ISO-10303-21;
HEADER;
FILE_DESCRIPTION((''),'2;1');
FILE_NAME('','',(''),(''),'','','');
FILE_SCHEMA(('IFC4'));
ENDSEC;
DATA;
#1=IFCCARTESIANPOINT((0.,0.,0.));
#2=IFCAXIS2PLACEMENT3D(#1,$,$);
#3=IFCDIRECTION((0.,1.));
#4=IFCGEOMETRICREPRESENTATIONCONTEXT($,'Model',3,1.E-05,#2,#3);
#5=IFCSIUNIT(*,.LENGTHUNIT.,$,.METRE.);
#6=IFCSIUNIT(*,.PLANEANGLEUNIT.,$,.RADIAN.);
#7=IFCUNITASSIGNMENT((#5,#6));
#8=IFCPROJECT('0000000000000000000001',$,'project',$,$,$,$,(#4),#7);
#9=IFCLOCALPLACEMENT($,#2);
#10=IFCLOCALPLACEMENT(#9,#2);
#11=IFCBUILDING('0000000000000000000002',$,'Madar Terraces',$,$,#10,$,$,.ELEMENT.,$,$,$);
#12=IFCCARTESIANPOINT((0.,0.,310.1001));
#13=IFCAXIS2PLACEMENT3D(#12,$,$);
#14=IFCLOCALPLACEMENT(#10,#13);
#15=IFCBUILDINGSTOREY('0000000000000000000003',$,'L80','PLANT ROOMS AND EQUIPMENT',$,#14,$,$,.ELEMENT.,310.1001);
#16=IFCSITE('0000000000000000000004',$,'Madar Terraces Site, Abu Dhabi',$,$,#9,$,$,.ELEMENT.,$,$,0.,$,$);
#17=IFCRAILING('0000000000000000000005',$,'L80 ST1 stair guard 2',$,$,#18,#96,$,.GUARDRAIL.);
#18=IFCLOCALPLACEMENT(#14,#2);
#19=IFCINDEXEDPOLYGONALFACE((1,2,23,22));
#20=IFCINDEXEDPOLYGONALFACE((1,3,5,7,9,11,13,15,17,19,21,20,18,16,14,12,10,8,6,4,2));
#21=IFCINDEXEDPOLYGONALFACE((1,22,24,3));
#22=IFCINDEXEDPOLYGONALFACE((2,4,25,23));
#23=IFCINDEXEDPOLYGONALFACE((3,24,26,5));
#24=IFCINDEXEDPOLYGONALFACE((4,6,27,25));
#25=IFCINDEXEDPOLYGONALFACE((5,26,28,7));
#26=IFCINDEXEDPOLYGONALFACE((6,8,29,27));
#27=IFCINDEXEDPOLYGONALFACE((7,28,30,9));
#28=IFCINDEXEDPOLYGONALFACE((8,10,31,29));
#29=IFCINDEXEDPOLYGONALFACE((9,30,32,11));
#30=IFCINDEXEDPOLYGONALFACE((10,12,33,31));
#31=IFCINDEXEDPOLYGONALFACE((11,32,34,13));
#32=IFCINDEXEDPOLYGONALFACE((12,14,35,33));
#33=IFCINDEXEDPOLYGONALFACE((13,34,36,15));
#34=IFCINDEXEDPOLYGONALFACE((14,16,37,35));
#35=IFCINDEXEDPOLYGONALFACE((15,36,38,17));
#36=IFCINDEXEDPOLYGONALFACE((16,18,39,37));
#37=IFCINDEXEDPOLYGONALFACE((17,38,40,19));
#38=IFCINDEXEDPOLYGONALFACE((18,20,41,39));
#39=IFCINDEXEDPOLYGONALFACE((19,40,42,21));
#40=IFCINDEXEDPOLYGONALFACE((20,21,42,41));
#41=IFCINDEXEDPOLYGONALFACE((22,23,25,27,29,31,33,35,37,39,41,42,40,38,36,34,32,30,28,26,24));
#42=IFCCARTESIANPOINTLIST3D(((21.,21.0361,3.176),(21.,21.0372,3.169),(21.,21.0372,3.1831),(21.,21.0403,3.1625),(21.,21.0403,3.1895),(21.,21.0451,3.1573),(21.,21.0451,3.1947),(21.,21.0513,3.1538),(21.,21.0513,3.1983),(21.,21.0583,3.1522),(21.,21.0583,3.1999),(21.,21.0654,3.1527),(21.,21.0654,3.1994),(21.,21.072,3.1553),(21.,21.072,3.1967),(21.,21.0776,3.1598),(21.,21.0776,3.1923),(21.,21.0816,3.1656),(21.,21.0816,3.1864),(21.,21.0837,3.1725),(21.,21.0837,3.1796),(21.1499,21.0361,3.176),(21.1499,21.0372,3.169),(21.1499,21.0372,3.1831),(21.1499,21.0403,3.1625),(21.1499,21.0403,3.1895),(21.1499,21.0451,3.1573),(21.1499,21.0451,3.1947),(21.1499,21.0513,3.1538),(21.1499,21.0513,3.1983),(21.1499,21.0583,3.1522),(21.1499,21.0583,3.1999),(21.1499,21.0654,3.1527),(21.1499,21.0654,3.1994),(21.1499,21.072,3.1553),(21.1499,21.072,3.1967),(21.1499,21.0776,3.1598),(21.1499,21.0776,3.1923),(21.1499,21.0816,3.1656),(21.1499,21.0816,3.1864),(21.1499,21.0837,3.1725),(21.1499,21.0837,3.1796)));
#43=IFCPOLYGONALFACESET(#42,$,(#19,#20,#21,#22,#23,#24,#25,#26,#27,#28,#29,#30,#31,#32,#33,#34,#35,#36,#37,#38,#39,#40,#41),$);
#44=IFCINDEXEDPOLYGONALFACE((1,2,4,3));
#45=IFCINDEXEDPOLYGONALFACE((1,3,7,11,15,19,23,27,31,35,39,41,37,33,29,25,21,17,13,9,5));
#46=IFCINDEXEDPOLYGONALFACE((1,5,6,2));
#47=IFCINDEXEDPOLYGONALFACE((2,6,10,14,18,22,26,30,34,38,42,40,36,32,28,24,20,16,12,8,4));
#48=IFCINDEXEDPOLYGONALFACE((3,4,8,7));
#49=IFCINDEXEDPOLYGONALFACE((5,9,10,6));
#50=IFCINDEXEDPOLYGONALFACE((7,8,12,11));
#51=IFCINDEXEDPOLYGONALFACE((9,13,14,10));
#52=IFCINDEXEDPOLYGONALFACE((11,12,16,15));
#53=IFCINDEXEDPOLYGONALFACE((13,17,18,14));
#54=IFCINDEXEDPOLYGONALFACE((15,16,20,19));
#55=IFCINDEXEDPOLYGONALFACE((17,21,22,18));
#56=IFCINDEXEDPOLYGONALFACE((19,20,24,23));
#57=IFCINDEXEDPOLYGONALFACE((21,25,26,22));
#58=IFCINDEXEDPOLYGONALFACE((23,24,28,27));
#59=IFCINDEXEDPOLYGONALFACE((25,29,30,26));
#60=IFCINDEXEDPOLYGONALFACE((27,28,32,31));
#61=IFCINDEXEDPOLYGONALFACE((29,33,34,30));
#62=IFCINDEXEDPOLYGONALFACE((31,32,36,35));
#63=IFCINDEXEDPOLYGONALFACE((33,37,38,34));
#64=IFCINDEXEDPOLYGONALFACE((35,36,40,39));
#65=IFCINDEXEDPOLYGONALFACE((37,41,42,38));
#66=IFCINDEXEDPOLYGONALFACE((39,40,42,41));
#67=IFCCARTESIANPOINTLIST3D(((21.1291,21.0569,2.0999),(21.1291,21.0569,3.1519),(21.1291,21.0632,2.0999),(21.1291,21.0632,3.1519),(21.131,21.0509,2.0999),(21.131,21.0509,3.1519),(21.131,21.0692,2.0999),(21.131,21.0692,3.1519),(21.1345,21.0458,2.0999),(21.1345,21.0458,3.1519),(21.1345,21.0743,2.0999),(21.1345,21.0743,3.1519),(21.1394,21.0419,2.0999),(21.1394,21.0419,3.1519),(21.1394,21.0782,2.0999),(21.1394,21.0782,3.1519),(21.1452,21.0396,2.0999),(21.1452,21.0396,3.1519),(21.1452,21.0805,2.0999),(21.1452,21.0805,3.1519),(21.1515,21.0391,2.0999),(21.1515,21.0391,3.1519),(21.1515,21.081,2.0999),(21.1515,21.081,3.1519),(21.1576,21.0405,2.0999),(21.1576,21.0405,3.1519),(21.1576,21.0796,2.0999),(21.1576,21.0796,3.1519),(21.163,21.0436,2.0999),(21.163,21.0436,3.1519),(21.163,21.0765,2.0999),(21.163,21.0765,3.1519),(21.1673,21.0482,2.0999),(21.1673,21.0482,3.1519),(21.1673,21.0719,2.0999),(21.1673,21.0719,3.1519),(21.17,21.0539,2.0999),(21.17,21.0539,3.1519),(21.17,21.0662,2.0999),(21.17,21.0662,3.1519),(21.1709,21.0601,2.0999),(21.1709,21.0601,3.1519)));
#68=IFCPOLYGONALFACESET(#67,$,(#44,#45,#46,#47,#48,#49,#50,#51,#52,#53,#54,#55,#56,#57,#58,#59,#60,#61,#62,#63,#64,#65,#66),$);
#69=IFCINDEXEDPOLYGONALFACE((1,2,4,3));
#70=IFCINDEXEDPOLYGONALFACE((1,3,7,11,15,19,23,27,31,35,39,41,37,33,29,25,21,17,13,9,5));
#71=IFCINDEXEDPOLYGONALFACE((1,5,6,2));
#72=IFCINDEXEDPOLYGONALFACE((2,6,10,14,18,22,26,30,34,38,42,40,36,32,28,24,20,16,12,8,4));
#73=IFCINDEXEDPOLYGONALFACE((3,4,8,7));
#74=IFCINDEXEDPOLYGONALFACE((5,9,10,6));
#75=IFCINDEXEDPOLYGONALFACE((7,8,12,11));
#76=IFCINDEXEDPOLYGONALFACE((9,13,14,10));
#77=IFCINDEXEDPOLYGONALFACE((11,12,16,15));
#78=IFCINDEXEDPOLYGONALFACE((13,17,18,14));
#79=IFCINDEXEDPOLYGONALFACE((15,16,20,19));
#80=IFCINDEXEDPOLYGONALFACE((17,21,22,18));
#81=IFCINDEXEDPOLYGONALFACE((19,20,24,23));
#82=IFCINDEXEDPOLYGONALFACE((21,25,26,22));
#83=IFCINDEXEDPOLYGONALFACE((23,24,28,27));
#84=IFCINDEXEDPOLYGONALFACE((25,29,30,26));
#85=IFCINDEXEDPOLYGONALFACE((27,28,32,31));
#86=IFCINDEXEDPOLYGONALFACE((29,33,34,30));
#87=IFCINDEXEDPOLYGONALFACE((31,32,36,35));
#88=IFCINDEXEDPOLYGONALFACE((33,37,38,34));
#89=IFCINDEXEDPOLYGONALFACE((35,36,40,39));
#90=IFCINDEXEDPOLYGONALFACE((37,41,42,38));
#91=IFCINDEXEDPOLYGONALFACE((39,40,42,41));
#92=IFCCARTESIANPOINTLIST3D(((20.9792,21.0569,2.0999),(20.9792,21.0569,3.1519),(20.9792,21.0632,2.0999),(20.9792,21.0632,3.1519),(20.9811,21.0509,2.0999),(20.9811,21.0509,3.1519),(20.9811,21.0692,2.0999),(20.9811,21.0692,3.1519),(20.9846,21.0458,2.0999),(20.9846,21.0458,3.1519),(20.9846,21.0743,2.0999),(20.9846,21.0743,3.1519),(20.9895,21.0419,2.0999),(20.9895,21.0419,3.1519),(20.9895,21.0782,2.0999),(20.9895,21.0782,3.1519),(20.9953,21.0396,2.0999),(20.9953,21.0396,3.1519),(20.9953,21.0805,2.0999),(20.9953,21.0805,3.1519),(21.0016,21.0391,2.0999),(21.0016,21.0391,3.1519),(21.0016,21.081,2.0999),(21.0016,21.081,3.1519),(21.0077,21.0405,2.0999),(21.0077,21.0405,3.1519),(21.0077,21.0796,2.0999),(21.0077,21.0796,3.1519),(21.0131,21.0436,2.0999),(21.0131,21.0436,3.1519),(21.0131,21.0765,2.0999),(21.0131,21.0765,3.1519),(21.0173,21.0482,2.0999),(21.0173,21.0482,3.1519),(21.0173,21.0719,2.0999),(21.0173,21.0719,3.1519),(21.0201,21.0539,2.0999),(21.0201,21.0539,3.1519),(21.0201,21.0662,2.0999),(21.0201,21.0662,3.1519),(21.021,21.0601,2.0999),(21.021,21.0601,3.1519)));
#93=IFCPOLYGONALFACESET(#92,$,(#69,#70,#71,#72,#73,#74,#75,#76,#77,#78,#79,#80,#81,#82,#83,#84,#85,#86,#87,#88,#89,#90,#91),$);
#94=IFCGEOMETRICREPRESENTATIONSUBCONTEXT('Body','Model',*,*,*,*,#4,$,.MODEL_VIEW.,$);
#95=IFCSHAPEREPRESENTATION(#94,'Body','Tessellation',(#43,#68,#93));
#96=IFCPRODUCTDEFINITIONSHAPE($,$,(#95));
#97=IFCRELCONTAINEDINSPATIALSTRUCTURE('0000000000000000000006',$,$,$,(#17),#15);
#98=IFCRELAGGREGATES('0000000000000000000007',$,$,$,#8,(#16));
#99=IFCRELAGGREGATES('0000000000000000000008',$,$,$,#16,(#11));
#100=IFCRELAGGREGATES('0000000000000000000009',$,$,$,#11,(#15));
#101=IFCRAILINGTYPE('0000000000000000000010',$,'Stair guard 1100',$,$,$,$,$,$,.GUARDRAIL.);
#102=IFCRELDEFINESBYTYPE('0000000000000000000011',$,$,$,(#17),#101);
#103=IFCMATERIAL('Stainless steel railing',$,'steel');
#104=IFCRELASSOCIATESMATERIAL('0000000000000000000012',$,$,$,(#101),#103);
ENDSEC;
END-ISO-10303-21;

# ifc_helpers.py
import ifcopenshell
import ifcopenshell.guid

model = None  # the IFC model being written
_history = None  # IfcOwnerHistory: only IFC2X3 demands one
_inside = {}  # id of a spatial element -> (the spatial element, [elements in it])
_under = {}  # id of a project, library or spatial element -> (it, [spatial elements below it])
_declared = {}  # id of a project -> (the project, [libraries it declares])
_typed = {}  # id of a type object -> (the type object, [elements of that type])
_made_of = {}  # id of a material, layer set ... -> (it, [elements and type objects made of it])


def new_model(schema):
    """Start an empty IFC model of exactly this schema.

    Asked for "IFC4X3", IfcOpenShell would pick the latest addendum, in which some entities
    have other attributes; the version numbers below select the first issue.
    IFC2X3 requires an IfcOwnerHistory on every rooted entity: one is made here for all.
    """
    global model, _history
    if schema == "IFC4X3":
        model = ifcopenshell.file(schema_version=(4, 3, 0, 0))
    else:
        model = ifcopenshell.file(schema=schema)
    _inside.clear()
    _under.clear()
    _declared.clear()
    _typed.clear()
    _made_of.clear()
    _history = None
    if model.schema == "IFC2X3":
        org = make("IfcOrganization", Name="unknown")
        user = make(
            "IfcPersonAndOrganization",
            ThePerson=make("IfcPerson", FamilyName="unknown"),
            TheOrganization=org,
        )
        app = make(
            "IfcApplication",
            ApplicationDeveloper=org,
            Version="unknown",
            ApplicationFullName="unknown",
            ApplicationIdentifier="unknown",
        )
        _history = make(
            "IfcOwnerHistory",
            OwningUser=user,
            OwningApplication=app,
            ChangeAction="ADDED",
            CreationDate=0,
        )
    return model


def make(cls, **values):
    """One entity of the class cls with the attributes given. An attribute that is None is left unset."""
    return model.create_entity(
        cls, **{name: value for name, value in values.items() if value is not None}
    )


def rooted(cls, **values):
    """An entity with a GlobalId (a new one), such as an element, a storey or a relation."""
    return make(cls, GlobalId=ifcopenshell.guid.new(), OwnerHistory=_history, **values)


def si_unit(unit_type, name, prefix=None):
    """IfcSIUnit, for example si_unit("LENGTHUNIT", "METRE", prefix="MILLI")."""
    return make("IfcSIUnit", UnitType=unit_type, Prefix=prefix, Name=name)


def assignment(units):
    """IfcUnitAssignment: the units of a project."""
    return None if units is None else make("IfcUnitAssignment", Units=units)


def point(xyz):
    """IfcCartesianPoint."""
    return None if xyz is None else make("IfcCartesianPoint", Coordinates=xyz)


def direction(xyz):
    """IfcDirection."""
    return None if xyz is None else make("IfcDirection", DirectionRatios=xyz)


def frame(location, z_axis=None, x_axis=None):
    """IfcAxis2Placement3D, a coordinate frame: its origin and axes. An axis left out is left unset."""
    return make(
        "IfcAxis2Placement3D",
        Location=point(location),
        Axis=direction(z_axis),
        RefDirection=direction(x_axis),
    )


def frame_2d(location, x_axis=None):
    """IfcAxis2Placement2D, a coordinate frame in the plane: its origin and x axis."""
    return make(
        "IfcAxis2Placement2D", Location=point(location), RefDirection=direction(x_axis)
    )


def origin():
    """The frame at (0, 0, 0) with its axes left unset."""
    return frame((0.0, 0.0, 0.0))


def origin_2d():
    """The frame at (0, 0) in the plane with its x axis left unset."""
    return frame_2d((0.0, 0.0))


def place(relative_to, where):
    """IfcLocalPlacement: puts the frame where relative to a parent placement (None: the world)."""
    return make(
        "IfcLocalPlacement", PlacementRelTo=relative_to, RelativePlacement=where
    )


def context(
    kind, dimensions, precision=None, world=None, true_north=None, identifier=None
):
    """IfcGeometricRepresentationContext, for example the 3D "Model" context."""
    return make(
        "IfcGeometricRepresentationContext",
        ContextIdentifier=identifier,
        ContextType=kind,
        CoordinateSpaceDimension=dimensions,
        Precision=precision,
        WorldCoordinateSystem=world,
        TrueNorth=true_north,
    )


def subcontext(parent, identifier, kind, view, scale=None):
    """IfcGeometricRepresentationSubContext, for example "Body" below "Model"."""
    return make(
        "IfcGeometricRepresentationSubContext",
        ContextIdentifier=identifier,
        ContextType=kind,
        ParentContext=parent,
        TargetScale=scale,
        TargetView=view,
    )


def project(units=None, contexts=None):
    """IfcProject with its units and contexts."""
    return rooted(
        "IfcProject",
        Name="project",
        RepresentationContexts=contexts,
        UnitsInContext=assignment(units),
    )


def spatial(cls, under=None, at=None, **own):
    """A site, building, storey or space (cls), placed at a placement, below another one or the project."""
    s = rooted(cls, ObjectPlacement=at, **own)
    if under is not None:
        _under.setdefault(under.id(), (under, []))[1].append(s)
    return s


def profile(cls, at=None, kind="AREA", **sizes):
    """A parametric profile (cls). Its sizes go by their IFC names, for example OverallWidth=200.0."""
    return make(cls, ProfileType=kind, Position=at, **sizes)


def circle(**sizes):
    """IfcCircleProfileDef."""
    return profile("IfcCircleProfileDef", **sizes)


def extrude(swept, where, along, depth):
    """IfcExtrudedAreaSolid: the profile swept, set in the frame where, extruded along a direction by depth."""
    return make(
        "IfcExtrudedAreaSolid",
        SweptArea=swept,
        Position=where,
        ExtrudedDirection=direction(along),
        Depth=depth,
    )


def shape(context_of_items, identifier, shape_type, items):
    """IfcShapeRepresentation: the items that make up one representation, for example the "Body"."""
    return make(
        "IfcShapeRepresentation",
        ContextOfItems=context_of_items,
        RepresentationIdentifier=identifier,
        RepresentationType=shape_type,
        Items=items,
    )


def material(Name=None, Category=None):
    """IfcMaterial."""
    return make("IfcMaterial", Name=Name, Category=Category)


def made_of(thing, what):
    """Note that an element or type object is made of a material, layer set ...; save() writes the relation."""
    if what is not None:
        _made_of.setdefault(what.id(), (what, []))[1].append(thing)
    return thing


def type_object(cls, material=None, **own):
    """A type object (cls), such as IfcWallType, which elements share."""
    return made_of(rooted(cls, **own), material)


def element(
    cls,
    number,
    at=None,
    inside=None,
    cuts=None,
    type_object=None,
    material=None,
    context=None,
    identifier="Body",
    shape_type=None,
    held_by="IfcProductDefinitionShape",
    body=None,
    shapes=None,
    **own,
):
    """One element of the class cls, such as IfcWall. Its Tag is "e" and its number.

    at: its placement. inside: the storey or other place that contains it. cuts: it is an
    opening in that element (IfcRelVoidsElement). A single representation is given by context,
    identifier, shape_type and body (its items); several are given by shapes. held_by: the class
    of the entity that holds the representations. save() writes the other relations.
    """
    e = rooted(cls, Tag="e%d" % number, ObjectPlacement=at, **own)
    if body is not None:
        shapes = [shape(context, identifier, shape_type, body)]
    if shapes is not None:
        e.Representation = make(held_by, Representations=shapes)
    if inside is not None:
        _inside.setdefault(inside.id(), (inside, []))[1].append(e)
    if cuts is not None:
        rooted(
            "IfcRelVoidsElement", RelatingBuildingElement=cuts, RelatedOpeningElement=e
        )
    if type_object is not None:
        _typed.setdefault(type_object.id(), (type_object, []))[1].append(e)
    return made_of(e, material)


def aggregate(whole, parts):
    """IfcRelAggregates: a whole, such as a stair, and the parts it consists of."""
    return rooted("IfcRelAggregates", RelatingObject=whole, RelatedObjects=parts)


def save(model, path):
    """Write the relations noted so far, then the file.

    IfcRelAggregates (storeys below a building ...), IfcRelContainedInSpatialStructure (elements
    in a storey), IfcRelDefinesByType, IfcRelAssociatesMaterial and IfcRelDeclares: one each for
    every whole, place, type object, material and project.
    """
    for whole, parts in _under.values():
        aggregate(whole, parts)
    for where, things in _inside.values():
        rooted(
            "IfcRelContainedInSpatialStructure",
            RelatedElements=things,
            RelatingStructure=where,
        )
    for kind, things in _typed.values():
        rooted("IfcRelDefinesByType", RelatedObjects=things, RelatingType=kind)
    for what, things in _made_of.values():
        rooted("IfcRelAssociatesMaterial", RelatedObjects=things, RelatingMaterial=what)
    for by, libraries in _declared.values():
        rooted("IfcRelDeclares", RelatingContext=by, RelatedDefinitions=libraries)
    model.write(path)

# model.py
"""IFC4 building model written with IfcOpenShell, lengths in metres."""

from ifc_helpers import new_model, si_unit, direction, frame, origin, origin_2d, place, context, subcontext, project, spatial, circle, extrude, material, type_object, element, save


model = new_model("IFC4")

# Units and contexts
model_context = context("Model", 3, precision=1e-05, world=origin(), true_north=direction((0.0, 1.0)))
body_context = subcontext(model_context, "Body", "Model", "MODEL_VIEW")
ifc_project = project(units=[si_unit("LENGTHUNIT", "METRE"), si_unit("PLANEANGLEUNIT", "RADIAN")], contexts=[model_context])

# Site, building, storey
site_placement = place(None, origin())
site = spatial("IfcSite", under=ifc_project, at=site_placement, Name="Madar Terraces Site, Abu Dhabi", CompositionType="ELEMENT", RefElevation=0.0)
building_placement = place(site_placement, origin())
building = spatial("IfcBuilding", under=site, at=building_placement, Name="Madar Terraces", CompositionType="ELEMENT")
storey_placement = place(building_placement, frame((0.0, 0.0, 310.1001)))
storey = spatial("IfcBuildingStorey", under=building, at=storey_placement, Name="L80", Description="PLANT ROOMS AND EQUIPMENT", CompositionType="ELEMENT", Elevation=310.1001)

# Railing
ifc_material_1 = material(Name="Stainless steel railing", Category="steel")
railing_type = type_object("IfcRailingType", Name="Stair guard 1100", PredefinedType="GUARDRAIL", material=ifc_material_1)
railing_1_placement = place(storey_placement, frame((21.1499, 21.0601, 2.0999)))
element("IfcRailing", 1, at=railing_1_placement, inside=storey, type_object=railing_type, Name="L80 ST1 stair guard 2", PredefinedType="GUARDRAIL", context=body_context, shape_type="SweptSolid", body=[
    extrude(circle(Radius=0.0239, at=origin_2d()), frame((0.0, 0.0, 1.0762), z_axis=(-1.0, 0.0, 0.0), x_axis=(0.0, -1.0, 0.0)), (0.0, 0.0, 1.0), 0.1499),
    extrude(circle(Radius=0.021, at=origin_2d()), origin(), (0.0, 0.0, 1.0), 1.052),
    extrude(circle(Radius=0.021, at=origin_2d()), frame((-0.1499, 0.0, 0.0)), (0.0, 0.0, 1.0), 1.052),
])

save(model, "model.ifc")
